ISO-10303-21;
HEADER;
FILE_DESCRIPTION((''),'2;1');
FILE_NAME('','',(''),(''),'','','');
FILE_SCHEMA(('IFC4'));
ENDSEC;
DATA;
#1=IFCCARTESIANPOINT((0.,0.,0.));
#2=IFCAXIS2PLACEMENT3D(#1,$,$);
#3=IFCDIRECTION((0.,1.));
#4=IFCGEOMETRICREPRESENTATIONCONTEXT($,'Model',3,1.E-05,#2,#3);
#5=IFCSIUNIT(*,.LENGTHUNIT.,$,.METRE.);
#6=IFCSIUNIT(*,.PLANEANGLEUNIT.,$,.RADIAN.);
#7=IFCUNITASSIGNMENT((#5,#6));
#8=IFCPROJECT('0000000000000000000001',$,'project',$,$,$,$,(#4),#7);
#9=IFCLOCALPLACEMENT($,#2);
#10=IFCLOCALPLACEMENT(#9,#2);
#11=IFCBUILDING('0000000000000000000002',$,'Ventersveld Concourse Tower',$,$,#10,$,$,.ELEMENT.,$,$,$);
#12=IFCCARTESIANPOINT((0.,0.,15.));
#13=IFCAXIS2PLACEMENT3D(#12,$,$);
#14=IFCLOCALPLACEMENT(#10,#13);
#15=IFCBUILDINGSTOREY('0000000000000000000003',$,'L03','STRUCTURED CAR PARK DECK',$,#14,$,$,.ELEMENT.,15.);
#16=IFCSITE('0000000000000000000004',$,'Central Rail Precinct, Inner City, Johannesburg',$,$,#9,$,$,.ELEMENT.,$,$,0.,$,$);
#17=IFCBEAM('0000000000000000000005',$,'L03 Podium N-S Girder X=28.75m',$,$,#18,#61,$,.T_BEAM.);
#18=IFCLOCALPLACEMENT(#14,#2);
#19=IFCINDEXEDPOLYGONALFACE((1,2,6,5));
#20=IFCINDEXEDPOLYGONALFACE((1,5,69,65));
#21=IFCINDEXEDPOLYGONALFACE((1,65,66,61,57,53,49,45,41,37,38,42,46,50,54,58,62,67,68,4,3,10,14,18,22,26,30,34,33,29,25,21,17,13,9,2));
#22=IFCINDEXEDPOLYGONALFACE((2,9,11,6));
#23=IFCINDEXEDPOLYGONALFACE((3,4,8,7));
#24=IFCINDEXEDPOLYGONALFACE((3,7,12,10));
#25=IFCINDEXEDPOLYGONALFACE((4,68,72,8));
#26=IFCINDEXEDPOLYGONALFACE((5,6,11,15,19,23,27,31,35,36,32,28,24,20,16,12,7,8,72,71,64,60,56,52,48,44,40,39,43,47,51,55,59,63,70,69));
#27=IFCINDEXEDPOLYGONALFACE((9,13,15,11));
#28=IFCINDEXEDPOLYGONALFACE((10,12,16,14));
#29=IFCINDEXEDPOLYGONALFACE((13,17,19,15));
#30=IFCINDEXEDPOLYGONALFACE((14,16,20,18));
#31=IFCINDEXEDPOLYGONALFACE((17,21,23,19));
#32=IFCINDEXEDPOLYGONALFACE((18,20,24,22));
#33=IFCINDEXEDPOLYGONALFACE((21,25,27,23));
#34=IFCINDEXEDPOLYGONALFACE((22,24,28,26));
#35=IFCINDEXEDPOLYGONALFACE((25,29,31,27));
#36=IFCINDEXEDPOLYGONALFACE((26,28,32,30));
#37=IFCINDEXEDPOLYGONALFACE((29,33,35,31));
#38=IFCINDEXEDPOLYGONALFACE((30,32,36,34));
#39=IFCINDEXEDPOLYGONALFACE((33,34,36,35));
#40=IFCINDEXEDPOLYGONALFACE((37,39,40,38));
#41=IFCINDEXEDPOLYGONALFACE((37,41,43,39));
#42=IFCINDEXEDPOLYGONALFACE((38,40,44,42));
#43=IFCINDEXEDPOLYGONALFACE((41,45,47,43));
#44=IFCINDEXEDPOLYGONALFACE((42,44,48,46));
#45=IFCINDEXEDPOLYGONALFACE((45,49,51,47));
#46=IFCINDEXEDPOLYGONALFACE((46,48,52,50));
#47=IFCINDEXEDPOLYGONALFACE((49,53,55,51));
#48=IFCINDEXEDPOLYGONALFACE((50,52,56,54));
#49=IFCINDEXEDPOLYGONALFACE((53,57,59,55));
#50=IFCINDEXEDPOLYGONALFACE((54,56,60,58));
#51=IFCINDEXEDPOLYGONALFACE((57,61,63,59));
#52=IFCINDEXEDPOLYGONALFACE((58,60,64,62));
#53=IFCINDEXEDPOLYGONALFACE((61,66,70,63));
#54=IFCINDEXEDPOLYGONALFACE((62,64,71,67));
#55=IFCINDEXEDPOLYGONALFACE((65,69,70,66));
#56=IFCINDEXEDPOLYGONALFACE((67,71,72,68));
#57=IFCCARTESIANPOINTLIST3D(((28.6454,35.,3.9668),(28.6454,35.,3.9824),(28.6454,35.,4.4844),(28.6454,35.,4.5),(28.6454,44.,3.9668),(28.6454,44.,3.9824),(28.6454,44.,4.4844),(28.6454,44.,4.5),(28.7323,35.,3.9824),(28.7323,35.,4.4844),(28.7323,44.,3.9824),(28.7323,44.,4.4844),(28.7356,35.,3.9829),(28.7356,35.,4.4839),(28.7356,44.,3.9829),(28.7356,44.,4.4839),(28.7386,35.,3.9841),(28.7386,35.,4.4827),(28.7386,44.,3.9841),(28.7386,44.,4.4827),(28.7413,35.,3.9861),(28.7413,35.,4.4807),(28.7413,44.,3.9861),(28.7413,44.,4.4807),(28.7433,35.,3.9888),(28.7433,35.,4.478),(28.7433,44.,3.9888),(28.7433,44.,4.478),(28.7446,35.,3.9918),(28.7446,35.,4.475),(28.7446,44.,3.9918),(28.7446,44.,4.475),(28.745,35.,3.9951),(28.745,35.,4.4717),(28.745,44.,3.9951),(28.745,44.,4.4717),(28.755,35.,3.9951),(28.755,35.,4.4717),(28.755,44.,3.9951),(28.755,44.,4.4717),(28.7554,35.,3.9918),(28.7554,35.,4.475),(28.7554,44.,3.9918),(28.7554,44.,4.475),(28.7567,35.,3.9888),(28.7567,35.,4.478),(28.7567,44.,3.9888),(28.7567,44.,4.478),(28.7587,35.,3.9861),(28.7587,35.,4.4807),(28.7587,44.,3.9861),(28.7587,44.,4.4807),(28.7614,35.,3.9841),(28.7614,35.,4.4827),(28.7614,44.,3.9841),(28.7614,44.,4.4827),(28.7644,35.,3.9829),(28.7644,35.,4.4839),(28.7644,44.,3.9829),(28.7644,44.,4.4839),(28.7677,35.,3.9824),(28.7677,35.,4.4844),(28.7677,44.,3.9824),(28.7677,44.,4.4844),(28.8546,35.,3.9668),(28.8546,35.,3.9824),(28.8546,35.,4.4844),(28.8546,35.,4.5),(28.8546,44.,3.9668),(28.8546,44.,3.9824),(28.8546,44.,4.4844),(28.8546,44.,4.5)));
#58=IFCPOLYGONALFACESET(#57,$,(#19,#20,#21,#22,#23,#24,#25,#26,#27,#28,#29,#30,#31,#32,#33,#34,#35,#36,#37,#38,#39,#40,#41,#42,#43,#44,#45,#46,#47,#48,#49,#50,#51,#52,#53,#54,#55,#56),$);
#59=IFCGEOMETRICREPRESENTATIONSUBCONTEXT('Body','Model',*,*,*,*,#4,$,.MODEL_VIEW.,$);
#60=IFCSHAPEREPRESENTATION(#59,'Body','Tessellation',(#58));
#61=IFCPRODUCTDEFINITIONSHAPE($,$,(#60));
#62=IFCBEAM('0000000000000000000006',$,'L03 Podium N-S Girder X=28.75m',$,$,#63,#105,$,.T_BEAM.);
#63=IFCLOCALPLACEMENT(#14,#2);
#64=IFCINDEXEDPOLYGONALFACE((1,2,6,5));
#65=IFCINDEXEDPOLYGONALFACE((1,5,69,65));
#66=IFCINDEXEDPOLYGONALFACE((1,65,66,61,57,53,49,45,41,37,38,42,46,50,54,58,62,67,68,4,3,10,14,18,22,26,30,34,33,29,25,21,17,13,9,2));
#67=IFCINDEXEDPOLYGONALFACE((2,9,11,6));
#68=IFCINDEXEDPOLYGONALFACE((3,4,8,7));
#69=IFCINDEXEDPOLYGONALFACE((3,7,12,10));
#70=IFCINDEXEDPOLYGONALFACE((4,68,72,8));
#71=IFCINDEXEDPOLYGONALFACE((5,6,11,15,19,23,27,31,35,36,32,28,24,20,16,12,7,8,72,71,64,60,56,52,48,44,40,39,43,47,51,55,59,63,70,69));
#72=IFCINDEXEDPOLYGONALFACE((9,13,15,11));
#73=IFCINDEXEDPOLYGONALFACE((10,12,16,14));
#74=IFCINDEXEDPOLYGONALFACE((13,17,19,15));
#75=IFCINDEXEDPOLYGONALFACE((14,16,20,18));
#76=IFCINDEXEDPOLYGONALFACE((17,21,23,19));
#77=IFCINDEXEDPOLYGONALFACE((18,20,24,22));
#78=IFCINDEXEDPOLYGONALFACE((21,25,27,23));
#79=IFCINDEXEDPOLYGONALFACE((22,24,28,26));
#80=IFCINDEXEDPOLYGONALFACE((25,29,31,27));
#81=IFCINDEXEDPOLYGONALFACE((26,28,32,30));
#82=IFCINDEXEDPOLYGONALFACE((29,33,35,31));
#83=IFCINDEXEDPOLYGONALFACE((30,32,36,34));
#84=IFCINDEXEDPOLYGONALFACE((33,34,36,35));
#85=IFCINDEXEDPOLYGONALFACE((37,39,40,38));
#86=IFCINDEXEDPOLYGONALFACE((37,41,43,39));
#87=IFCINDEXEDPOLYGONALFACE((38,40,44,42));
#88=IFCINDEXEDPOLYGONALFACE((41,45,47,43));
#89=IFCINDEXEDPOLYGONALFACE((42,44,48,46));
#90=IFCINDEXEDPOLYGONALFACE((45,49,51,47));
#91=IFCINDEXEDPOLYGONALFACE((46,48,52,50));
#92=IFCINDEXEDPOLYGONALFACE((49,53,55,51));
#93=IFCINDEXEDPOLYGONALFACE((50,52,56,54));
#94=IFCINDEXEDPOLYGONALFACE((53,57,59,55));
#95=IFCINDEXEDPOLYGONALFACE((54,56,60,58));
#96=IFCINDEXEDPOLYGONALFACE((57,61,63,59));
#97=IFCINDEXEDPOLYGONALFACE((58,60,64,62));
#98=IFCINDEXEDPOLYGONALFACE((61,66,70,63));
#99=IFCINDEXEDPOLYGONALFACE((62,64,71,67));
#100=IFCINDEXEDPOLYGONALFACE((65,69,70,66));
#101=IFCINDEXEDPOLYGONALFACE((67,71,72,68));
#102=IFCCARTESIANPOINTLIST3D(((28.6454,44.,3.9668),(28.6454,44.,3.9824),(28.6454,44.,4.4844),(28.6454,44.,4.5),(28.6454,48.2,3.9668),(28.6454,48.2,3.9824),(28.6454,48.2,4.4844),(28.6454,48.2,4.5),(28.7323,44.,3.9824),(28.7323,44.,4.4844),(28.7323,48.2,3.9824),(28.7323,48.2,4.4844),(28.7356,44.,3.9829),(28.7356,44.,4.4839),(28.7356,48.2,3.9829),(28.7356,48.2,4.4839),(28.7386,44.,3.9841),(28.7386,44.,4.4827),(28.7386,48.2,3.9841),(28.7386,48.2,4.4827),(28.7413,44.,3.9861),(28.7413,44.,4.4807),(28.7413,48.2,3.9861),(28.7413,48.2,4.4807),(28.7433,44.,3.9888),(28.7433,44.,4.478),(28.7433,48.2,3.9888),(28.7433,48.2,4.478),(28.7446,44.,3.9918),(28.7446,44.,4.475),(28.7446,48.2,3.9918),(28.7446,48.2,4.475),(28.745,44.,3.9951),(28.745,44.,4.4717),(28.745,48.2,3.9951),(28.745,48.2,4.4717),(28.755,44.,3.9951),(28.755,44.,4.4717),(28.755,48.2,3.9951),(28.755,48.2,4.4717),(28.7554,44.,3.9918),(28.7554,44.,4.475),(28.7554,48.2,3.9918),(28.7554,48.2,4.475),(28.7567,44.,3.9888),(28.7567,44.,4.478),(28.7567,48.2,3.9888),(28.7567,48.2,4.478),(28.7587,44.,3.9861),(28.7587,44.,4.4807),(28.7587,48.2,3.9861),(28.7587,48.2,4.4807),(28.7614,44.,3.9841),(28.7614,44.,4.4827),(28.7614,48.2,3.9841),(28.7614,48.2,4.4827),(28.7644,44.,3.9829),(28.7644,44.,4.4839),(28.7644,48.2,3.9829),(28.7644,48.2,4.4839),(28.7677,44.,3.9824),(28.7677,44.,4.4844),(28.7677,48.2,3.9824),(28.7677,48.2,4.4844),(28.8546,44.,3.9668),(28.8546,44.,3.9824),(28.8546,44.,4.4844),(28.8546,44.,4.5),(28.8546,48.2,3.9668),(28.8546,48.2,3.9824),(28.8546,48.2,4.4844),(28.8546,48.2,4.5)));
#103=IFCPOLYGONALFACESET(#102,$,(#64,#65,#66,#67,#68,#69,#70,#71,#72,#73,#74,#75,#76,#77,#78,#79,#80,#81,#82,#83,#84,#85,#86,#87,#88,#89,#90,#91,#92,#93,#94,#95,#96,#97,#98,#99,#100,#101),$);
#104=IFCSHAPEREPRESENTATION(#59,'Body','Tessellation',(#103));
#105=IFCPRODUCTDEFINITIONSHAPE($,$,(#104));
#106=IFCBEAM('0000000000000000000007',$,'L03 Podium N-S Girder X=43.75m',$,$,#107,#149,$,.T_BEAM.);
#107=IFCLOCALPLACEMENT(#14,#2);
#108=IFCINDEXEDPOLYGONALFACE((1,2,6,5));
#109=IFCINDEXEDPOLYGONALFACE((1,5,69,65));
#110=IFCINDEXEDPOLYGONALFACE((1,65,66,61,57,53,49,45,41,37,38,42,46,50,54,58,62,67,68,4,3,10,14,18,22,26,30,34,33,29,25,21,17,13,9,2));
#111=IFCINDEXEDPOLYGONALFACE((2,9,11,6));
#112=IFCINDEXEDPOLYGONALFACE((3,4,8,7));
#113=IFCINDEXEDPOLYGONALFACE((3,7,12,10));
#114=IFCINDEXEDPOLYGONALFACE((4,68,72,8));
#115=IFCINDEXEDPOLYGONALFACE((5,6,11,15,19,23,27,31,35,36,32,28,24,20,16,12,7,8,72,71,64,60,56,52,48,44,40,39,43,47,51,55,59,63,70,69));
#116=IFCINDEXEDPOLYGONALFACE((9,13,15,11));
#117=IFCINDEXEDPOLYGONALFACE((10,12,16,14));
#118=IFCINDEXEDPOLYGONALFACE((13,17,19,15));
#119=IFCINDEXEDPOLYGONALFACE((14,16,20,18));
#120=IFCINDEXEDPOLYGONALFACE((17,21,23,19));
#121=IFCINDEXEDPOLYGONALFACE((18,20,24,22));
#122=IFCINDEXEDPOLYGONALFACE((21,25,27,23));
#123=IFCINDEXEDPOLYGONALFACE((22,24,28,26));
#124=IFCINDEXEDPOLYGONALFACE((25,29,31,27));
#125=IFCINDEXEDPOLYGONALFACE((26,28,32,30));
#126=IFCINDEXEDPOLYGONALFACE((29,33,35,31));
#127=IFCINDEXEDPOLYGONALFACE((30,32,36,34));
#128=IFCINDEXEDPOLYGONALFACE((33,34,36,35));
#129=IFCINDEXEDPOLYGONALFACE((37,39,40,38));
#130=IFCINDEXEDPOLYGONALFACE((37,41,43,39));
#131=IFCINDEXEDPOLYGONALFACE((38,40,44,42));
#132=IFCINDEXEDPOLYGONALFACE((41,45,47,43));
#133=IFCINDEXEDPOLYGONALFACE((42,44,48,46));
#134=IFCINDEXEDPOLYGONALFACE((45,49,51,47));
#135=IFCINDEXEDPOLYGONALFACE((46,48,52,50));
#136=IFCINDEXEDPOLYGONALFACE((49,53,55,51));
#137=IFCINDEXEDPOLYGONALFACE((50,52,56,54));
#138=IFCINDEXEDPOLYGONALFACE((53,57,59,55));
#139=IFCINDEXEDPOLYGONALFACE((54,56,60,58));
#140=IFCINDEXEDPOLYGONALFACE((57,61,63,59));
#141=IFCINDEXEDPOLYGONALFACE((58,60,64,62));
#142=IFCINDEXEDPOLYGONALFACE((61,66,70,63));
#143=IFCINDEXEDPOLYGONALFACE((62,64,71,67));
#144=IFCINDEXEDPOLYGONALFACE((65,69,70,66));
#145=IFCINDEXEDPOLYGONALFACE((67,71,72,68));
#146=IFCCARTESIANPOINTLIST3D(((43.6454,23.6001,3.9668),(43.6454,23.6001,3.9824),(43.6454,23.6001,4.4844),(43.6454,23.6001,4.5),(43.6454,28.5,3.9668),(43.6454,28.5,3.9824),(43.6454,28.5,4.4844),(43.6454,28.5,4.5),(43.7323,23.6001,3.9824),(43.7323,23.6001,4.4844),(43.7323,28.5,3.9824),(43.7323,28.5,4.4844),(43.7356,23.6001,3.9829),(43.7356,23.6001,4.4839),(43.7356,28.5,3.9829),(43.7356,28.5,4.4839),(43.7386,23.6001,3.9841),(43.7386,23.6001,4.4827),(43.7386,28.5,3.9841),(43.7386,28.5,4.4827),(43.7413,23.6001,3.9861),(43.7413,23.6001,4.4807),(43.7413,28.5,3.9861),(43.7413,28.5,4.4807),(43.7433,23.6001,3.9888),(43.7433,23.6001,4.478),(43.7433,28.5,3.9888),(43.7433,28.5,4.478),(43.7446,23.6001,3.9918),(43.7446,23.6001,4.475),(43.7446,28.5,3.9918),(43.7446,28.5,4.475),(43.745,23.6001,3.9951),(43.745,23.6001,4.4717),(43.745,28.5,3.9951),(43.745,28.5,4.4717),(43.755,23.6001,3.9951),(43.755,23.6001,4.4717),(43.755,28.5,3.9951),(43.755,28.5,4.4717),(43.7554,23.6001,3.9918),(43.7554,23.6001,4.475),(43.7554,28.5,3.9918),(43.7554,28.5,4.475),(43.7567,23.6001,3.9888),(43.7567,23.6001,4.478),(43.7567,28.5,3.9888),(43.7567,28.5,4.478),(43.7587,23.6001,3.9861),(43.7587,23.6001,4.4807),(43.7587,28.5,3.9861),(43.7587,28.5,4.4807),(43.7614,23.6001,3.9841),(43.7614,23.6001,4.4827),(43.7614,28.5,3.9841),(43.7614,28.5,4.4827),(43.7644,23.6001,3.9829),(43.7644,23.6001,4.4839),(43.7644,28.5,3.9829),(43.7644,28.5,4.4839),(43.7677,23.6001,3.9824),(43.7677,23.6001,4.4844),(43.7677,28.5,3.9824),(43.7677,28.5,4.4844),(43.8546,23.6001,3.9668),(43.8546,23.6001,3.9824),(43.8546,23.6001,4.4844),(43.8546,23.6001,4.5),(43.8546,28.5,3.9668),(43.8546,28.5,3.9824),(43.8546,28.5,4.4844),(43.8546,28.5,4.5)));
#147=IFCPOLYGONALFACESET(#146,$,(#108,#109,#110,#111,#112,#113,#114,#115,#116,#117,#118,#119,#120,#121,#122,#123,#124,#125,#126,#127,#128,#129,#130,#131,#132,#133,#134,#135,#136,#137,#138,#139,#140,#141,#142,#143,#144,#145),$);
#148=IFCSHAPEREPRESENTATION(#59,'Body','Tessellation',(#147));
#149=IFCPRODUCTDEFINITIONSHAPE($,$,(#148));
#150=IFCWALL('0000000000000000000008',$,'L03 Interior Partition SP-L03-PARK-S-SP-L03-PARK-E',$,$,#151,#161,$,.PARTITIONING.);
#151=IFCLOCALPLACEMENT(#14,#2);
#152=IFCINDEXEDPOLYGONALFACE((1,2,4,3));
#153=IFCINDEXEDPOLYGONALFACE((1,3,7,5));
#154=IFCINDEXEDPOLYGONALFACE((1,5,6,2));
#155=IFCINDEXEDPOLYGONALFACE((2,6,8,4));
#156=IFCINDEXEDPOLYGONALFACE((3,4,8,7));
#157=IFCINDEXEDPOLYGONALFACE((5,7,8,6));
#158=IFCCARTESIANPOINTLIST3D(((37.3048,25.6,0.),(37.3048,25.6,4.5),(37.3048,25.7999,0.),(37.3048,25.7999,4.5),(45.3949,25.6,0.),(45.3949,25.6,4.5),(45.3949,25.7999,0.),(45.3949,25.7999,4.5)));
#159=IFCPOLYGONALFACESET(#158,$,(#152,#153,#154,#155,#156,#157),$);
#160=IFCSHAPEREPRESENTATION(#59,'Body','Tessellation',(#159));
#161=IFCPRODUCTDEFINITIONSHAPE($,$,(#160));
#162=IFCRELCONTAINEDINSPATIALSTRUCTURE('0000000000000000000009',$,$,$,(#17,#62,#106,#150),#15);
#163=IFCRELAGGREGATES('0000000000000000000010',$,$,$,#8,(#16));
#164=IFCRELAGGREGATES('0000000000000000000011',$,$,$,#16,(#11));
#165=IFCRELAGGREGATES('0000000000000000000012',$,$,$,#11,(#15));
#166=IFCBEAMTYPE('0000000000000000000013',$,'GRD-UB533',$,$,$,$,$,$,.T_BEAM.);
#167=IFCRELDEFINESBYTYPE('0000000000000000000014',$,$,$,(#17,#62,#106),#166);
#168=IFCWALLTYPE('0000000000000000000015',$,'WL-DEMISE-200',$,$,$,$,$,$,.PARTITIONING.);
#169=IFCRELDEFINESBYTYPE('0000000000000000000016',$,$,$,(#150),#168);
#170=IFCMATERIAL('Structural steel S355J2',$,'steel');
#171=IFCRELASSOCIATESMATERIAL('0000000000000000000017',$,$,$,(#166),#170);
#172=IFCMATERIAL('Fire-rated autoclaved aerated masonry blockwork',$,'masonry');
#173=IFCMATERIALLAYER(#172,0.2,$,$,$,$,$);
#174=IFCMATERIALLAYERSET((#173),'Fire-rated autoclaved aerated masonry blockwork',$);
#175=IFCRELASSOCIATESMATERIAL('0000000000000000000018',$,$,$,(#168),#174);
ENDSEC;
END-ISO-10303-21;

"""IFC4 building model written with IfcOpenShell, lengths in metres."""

from ifc_helpers import new_model, si_unit, direction, frame, frame_2d, origin, origin_2d, place, context, subcontext, project, spatial, rectangle, i_section, extrude, material, layer, layer_set, material_profile, profile_set, type_object, element, save


model = new_model("IFC4")

# Units and contexts
model_context = context("Model", 3, precision=1e-05, world=origin(), true_north=direction((0.0, 1.0)))
body_context = subcontext(model_context, "Body", "Model", "MODEL_VIEW")
ifc_project = project(units=[si_unit("LENGTHUNIT", "METRE"), si_unit("PLANEANGLEUNIT", "RADIAN")], contexts=[model_context])

# Site, building, storey
site_placement = place(None, origin())
site = spatial("IfcSite", under=ifc_project, at=site_placement, Name="Central Rail Precinct, Inner City, Johannesburg", CompositionType="ELEMENT", RefElevation=0.0)
building_placement = place(site_placement, origin())
building = spatial("IfcBuilding", under=site, at=building_placement, Name="Ventersveld Concourse Tower", CompositionType="ELEMENT")
storey_placement = place(building_placement, frame((0.0, 0.0, 15.0)))
storey = spatial("IfcBuildingStorey", under=building, at=storey_placement, Name="L03", Description="STRUCTURED CAR PARK DECK", CompositionType="ELEMENT", Elevation=15.0)

# Beams
ifc_material_1 = material(Name="Structural steel S355J2", Category="steel")
ifc_material_profile_1 = material_profile(ifc_material_1, i_section(OverallWidth=0.2092, OverallDepth=0.5332, WebThickness=0.01, FlangeThickness=0.0156, FilletRadius=0.0127, at=origin_2d()), Name="UB 533x210x92")
ifc_profile_set_1 = profile_set([ifc_material_profile_1], Name="Structural steel S355J2")
beam_type_1 = type_object("IfcBeamType", Name="GRD-UB533", PredefinedType="T_BEAM", material=ifc_profile_set_1)
beam_1_placement = place(storey_placement, frame((28.75, 35.0, 4.2334), z_axis=(0.0, 1.0, 0.0), x_axis=(-1.0, 0.0, 0.0)))
element("IfcBeam", 1, at=beam_1_placement, inside=storey, type_object=beam_type_1, Name="L03 Podium N-S Girder X=28.75m", PredefinedType="T_BEAM", context=body_context, shape_type="SweptSolid", body=[
    extrude(i_section(OverallWidth=0.2092, OverallDepth=0.5332, WebThickness=0.01, FlangeThickness=0.0156, FilletRadius=0.0127, at=origin_2d()), origin(), (0.0, 0.0, 1.0), 9.0),
])
beam_2_placement = place(storey_placement, frame((28.75, 44.0, 4.2334), z_axis=(0.0, 1.0, 0.0), x_axis=(-1.0, 0.0, 0.0)))
element("IfcBeam", 2, at=beam_2_placement, inside=storey, type_object=beam_type_1, Name="L03 Podium N-S Girder X=28.75m", PredefinedType="T_BEAM", context=body_context, shape_type="SweptSolid", body=[
    extrude(i_section(OverallWidth=0.2092, OverallDepth=0.5332, WebThickness=0.01, FlangeThickness=0.0156, FilletRadius=0.0127, at=origin_2d()), origin(), (0.0, 0.0, 1.0), 4.2),
])
beam_3_placement = place(storey_placement, frame((43.75, 23.6001, 4.2334), z_axis=(0.0, 1.0, 0.0), x_axis=(-1.0, 0.0, 0.0)))
element("IfcBeam", 3, at=beam_3_placement, inside=storey, type_object=beam_type_1, Name="L03 Podium N-S Girder X=43.75m", PredefinedType="T_BEAM", context=body_context, shape_type="SweptSolid", body=[
    extrude(i_section(OverallWidth=0.2092, OverallDepth=0.5332, WebThickness=0.01, FlangeThickness=0.0156, FilletRadius=0.0127, at=origin_2d()), origin(), (0.0, 0.0, 1.0), 4.8999),
])

# Wall
ifc_material_2 = material(Name="Fire-rated autoclaved aerated masonry blockwork", Category="masonry")
ifc_layer = layer(ifc_material_2, 0.2)
ifc_layer_set = layer_set([ifc_layer], Name="Fire-rated autoclaved aerated masonry blockwork")
wall_type = type_object("IfcWallType", Name="WL-DEMISE-200", PredefinedType="PARTITIONING", material=ifc_layer_set)
wall_placement = place(storey_placement, frame((37.3049, 25.7, 0.0), z_axis=(0.0, 0.0, 1.0), x_axis=(1.0, 0.0, 0.0)))
element("IfcWall", 4, at=wall_placement, inside=storey, type_object=wall_type, Name="L03 Interior Partition SP-L03-PARK-S-SP-L03-PARK-E", PredefinedType="PARTITIONING", context=body_context, shape_type="SweptSolid", body=[
    extrude(rectangle(XDim=8.0901, YDim=0.2, at=frame_2d((4.0449, 0.0))), origin(), (0.0, 0.0, 1.0), 4.5),
])

save(model, "model.ifc")
